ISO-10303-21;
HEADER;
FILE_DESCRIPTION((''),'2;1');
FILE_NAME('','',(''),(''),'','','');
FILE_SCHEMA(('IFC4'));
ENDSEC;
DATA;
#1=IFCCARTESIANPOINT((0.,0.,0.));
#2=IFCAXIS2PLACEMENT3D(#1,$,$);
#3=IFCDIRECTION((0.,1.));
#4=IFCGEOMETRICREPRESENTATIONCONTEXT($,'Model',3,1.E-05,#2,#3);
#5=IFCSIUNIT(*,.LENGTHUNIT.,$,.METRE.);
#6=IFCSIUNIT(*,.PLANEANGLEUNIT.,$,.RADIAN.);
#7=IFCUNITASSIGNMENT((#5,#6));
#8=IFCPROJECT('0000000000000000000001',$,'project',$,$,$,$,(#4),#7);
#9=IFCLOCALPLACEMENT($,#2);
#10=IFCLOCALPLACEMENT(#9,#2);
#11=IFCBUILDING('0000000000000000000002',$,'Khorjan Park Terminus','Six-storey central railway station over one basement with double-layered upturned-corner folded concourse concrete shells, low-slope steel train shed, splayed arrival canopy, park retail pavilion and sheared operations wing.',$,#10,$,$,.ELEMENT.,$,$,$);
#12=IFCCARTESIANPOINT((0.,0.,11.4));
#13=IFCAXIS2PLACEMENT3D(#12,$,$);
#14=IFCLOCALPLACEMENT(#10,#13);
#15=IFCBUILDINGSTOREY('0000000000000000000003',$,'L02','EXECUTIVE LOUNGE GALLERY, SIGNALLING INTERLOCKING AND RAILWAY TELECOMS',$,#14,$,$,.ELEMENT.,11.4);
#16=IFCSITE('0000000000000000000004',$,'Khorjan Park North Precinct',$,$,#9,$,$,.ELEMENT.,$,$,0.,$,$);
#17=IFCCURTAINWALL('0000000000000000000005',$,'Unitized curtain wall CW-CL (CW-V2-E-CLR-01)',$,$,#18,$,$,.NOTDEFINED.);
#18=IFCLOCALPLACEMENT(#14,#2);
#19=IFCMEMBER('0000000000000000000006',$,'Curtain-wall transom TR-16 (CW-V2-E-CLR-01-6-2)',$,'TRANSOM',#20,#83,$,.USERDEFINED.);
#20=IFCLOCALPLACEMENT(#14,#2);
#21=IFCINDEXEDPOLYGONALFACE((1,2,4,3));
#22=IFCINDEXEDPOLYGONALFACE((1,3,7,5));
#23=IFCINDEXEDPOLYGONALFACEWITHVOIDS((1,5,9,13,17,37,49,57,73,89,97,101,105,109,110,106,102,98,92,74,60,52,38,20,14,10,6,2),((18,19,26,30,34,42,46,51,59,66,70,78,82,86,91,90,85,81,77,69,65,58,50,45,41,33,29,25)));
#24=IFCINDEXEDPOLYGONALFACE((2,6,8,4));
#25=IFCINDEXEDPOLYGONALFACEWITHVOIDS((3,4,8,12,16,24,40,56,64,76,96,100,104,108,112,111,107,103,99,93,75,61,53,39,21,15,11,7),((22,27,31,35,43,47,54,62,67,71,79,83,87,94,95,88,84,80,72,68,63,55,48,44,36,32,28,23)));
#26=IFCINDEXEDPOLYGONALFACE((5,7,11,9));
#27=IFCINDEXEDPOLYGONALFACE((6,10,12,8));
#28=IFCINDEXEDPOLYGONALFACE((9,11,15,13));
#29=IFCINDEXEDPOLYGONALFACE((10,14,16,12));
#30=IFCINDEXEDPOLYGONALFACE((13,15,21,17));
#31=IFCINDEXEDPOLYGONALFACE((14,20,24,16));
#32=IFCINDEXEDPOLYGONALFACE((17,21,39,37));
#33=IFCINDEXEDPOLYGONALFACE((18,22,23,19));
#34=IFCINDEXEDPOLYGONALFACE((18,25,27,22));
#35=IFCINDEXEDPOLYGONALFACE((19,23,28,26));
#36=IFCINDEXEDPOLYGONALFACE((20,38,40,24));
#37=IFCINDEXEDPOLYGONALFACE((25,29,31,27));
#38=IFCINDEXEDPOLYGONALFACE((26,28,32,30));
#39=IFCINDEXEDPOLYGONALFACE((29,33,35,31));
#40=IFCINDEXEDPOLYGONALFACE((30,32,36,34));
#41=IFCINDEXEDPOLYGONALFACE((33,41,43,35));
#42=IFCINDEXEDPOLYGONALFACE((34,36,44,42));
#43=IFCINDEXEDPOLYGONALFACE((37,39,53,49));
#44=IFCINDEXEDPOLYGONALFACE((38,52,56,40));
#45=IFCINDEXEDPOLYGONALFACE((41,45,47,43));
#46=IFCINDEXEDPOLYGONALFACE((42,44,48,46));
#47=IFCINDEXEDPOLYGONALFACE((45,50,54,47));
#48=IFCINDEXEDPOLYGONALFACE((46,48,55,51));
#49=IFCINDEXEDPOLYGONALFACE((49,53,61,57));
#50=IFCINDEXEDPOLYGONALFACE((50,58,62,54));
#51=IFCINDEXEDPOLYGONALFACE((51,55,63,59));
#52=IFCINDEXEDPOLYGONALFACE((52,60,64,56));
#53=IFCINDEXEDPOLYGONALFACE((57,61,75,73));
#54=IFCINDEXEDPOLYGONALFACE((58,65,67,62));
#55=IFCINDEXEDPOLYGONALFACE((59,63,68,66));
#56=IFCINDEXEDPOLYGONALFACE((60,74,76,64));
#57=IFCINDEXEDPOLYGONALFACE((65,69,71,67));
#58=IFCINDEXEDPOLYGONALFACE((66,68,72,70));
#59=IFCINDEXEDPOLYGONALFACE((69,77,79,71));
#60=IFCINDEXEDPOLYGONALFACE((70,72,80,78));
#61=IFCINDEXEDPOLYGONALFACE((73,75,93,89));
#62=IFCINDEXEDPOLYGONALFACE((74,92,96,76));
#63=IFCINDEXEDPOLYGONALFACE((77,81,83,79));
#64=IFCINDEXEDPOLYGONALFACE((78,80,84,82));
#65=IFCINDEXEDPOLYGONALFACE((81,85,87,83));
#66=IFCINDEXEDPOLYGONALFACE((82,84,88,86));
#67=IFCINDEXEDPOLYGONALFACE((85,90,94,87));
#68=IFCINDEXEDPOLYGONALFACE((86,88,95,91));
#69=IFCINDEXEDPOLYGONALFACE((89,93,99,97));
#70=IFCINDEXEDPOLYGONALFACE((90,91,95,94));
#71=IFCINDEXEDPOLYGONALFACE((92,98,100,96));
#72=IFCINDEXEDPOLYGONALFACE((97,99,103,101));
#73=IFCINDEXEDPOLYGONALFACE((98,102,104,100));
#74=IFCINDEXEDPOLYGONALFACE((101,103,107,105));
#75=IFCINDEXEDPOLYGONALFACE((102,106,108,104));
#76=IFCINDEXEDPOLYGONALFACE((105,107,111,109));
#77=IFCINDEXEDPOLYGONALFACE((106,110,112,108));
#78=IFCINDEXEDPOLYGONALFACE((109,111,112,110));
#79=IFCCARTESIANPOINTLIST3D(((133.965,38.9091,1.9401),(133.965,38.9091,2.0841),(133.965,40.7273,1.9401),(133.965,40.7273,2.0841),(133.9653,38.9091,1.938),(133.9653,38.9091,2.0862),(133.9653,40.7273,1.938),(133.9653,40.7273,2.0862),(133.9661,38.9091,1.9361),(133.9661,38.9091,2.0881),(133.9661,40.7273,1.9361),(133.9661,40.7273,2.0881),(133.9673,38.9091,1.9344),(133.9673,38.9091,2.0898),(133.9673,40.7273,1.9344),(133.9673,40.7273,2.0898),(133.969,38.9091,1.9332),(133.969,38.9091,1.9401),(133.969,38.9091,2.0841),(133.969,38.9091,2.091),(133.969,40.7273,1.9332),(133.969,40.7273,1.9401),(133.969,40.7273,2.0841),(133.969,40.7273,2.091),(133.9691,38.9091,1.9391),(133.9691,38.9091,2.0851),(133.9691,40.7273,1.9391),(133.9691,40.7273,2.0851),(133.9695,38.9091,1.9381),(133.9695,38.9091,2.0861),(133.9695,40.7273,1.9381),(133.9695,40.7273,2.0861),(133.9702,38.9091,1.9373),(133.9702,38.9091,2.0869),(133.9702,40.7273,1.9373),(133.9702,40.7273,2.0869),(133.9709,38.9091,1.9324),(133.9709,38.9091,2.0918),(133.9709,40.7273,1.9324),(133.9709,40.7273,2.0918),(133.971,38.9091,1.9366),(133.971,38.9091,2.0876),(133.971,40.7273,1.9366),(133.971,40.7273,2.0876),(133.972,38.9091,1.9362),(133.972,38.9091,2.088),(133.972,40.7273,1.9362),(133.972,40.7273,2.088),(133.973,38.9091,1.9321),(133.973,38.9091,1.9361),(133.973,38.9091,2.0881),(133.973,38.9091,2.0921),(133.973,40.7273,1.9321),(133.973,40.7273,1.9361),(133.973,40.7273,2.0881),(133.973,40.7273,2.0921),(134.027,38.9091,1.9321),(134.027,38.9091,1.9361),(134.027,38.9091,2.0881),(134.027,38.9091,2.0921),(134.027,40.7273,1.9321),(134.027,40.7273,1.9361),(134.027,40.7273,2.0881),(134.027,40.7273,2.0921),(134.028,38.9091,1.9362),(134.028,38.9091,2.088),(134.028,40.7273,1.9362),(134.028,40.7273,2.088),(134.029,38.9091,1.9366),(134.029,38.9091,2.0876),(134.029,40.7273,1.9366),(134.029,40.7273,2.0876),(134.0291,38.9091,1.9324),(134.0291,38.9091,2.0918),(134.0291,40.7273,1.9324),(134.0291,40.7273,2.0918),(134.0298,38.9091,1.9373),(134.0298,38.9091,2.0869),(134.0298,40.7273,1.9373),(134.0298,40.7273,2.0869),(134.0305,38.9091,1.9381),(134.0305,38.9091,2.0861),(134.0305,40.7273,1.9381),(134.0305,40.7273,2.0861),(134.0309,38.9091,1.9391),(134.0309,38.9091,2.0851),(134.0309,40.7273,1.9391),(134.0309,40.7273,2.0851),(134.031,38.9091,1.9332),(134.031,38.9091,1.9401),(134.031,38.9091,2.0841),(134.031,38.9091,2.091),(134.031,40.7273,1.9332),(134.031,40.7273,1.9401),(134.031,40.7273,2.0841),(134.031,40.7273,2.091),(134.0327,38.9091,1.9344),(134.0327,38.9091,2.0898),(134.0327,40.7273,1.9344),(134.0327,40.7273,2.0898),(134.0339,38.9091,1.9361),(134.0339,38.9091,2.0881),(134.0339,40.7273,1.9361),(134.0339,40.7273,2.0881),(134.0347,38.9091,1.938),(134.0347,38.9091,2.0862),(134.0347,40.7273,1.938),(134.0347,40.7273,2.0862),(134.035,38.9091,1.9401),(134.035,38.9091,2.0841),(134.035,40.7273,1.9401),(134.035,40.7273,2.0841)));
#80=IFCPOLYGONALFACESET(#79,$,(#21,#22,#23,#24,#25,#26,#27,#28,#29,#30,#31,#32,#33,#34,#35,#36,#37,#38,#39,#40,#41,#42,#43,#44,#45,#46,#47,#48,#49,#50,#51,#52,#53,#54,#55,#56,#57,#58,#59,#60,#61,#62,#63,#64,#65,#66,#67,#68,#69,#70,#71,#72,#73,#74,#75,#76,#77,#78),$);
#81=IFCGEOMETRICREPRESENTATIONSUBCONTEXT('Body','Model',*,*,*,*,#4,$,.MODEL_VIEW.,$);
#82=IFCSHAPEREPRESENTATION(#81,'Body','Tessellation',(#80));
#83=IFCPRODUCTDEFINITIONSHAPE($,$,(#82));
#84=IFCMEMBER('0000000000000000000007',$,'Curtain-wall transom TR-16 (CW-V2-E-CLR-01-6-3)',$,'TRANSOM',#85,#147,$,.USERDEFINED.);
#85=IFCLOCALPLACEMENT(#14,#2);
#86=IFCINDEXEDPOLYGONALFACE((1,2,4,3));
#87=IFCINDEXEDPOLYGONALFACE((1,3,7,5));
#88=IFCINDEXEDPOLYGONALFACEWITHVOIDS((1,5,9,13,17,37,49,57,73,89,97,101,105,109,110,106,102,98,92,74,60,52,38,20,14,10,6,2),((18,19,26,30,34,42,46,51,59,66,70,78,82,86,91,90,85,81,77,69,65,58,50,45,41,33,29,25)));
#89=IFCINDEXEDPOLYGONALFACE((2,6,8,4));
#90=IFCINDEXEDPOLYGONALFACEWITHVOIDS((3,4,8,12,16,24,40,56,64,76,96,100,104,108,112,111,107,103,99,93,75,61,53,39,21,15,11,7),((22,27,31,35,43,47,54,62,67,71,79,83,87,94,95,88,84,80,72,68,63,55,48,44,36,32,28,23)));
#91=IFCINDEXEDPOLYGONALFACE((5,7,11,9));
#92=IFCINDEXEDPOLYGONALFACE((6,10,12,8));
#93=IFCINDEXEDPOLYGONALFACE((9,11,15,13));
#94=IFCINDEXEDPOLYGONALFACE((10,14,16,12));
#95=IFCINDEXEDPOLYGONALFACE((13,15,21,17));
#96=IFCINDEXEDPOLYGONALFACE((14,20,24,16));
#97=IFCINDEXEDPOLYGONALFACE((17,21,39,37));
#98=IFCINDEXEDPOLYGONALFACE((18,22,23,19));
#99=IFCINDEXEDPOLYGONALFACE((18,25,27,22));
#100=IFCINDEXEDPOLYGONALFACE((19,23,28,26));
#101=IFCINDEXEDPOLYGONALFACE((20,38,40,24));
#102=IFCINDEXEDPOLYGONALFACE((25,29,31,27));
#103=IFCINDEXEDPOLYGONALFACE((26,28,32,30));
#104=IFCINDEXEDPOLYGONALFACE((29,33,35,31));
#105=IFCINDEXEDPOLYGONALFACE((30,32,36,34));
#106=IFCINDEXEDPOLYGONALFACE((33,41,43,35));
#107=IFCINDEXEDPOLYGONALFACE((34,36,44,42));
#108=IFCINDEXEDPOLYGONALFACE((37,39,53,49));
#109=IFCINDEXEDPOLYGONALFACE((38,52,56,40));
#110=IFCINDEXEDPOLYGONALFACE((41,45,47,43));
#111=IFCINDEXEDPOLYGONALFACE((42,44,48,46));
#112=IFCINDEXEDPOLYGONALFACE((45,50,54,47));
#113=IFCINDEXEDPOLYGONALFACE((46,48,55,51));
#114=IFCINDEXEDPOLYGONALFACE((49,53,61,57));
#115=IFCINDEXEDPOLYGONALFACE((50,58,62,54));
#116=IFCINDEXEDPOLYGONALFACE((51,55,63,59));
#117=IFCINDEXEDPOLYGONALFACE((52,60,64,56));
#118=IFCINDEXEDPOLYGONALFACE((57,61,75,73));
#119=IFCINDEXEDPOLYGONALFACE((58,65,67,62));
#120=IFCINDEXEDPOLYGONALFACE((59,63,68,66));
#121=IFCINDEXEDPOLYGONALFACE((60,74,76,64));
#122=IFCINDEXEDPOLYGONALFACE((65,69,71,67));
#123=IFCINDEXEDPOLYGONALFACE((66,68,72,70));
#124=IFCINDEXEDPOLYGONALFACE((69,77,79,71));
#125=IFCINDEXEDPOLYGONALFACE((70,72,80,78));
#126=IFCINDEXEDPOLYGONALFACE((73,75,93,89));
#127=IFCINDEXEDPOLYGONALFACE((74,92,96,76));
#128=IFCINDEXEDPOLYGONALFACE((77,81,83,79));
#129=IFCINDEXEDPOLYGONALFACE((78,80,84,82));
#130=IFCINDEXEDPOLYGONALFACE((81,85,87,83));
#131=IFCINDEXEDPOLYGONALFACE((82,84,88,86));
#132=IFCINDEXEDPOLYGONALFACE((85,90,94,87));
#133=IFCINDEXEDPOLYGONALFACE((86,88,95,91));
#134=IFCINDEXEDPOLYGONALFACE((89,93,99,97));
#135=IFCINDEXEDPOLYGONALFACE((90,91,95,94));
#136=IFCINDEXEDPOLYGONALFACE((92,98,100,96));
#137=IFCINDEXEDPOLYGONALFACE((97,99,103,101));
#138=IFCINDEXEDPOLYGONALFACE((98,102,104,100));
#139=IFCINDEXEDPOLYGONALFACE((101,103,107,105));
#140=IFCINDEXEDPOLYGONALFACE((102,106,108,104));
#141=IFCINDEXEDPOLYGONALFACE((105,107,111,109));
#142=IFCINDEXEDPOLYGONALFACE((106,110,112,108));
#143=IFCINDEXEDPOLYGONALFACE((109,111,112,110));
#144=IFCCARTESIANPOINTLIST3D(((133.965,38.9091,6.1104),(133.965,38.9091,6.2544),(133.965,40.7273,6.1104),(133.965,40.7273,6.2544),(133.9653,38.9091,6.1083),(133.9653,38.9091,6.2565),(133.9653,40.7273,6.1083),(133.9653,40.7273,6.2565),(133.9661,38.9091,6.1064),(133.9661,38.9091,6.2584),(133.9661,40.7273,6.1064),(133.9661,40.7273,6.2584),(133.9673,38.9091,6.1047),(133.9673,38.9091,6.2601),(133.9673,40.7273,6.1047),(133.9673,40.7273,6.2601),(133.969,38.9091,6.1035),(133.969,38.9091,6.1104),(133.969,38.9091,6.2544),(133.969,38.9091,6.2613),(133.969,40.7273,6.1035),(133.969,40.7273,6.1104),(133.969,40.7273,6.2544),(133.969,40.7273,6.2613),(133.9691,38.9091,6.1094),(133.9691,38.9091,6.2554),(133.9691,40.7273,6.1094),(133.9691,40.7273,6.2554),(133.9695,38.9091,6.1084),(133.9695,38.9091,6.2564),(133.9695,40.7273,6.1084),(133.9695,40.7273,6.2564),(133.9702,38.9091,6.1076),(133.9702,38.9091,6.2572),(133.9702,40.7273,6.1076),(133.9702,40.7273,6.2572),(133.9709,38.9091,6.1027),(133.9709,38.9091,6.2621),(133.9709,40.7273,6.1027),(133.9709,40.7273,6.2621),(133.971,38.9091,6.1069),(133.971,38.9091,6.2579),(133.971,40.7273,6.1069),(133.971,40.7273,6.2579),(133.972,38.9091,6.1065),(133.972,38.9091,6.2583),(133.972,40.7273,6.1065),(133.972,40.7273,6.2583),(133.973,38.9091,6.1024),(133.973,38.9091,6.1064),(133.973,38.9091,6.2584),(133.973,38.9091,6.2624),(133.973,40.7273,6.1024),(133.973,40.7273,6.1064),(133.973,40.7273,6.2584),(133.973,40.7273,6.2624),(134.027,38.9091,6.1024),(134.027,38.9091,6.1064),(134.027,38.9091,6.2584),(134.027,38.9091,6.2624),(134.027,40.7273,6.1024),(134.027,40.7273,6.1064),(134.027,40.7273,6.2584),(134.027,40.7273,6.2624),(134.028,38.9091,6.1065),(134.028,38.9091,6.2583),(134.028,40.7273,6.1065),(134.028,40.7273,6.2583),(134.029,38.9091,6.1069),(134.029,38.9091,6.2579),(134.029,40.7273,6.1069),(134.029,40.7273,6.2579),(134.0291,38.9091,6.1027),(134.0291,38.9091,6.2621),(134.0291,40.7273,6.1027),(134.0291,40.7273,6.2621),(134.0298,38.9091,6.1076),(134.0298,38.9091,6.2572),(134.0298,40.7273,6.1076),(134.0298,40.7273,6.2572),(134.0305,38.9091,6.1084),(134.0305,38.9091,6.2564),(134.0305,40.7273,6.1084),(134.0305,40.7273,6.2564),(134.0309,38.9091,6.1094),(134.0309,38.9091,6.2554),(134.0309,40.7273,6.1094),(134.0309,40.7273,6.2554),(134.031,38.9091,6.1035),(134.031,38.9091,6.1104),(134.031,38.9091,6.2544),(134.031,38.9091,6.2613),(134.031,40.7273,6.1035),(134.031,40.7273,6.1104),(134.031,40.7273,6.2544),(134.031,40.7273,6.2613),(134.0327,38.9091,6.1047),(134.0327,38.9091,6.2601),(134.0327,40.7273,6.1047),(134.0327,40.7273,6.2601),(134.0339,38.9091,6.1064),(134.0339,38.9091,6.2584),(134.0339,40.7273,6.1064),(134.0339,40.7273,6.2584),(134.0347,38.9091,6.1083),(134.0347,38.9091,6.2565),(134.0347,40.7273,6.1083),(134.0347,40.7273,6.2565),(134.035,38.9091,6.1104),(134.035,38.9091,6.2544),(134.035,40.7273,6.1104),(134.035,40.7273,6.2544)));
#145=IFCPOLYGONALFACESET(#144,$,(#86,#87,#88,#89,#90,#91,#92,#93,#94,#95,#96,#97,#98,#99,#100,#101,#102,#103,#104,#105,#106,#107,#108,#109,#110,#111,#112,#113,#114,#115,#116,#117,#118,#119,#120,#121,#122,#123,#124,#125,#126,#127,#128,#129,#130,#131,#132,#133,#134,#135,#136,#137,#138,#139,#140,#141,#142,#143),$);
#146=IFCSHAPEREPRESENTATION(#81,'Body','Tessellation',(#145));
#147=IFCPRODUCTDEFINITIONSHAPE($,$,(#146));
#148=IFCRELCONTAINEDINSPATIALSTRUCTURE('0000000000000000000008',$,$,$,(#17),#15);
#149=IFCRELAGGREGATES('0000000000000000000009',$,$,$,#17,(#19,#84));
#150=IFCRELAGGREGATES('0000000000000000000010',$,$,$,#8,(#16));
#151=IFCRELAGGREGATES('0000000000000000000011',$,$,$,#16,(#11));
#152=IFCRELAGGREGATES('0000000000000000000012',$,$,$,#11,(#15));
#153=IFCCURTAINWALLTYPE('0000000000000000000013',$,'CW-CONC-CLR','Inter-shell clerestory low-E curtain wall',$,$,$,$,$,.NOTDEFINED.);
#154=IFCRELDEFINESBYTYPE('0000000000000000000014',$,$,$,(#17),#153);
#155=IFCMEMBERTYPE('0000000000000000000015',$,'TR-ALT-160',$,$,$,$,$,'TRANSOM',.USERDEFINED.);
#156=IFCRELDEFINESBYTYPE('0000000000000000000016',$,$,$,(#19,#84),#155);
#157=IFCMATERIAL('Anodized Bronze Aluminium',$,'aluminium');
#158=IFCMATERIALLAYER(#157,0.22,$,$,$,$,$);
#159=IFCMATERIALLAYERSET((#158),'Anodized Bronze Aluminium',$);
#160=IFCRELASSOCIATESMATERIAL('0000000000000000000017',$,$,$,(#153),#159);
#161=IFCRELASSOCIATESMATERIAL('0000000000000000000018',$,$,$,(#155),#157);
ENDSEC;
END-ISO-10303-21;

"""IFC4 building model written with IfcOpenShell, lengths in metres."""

from ifc_helpers import new_model, si_unit, direction, frame, origin, origin_2d, place, context, subcontext, project, spatial, hollow_rectangle, extrude, material, layer, layer_set, material_profile, profile_set, type_object, element, aggregate, save


model = new_model("IFC4")

# Units and contexts
model_context = context("Model", 3, precision=1e-05, world=origin(), true_north=direction((0.0, 1.0)))
body_context = subcontext(model_context, "Body", "Model", "MODEL_VIEW")
ifc_project = project(units=[si_unit("LENGTHUNIT", "METRE"), si_unit("PLANEANGLEUNIT", "RADIAN")], contexts=[model_context])

# Site, building, storey
site_placement = place(None, origin())
site = spatial("IfcSite", under=ifc_project, at=site_placement, Name="Khorjan Park North Precinct", CompositionType="ELEMENT", RefElevation=0.0)
building_placement = place(site_placement, origin())
building = spatial("IfcBuilding", under=site, at=building_placement, Name="Khorjan Park Terminus", Description="Six-storey central railway station over one basement with double-layered upturned-corner folded concourse concrete shells, low-slope steel train shed, splayed arrival canopy, park retail pavilion and sheared operations wing.", CompositionType="ELEMENT")
storey_placement = place(building_placement, frame((0.0, 0.0, 11.4)))
storey = spatial("IfcBuildingStorey", under=building, at=storey_placement, Name="L02", Description="EXECUTIVE LOUNGE GALLERY, SIGNALLING INTERLOCKING AND RAILWAY TELECOMS", CompositionType="ELEMENT", Elevation=11.4)

# Curtain wall, members
ifc_material_1 = material(Name="Anodized Bronze Aluminium", Category="aluminium")
ifc_layer_1 = layer(ifc_material_1, 0.22)
ifc_layer_set_1 = layer_set([ifc_layer_1], Name="Anodized Bronze Aluminium")
curtain_wall_type = type_object("IfcCurtainWallType", Name="CW-CONC-CLR", Description="Inter-shell clerestory low-E curtain wall", PredefinedType="NOTDEFINED", material=ifc_layer_set_1)
curtain_wall_placement = place(storey_placement, origin())
curtain_wall = element("IfcCurtainWall", 1, at=curtain_wall_placement, inside=storey, type_object=curtain_wall_type, Name="Unitized curtain wall CW-CL (CW-V2-E-CLR-01)", PredefinedType="NOTDEFINED")
ifc_material_profile = material_profile(ifc_material_1, hollow_rectangle(XDim=0.07, YDim=0.16, WallThickness=0.004, InnerFilletRadius=0.004, OuterFilletRadius=0.008, at=origin_2d()), Name="ALT 70x160x4")
ifc_profile_set = profile_set([ifc_material_profile], Name="Anodized Bronze Aluminium")
member_type = type_object("IfcMemberType", Name="TR-ALT-160", ElementType="TRANSOM", PredefinedType="USERDEFINED", material=ifc_profile_set)
member_1_placement = place(storey_placement, frame((134.0, 38.9091, 2.0121), z_axis=(0.0, 1.0, 0.0), x_axis=(-1.0, 0.0, 0.0)))
member_1 = element("IfcMember", 2, at=member_1_placement, type_object=member_type, Name="Curtain-wall transom TR-16 (CW-V2-E-CLR-01-6-2)", ObjectType="TRANSOM", PredefinedType="USERDEFINED", context=body_context, shape_type="SweptSolid", body=[
    extrude(hollow_rectangle(XDim=0.07, YDim=0.16, WallThickness=0.004, InnerFilletRadius=0.004, OuterFilletRadius=0.008, at=origin_2d()), origin(), (0.0, 0.0, 1.0), 1.8182),
])
member_2_placement = place(storey_placement, frame((134.0, 38.9091, 6.1824), z_axis=(0.0, 1.0, 0.0), x_axis=(-1.0, 0.0, 0.0)))
member_2 = element("IfcMember", 3, at=member_2_placement, type_object=member_type, Name="Curtain-wall transom TR-16 (CW-V2-E-CLR-01-6-3)", ObjectType="TRANSOM", PredefinedType="USERDEFINED", context=body_context, shape_type="SweptSolid", body=[
    extrude(hollow_rectangle(XDim=0.07, YDim=0.16, WallThickness=0.004, InnerFilletRadius=0.004, OuterFilletRadius=0.008, at=origin_2d()), origin(), (0.0, 0.0, 1.0), 1.8182),
])
aggregate(curtain_wall, [member_1, member_2])

save(model, "model.ifc")
